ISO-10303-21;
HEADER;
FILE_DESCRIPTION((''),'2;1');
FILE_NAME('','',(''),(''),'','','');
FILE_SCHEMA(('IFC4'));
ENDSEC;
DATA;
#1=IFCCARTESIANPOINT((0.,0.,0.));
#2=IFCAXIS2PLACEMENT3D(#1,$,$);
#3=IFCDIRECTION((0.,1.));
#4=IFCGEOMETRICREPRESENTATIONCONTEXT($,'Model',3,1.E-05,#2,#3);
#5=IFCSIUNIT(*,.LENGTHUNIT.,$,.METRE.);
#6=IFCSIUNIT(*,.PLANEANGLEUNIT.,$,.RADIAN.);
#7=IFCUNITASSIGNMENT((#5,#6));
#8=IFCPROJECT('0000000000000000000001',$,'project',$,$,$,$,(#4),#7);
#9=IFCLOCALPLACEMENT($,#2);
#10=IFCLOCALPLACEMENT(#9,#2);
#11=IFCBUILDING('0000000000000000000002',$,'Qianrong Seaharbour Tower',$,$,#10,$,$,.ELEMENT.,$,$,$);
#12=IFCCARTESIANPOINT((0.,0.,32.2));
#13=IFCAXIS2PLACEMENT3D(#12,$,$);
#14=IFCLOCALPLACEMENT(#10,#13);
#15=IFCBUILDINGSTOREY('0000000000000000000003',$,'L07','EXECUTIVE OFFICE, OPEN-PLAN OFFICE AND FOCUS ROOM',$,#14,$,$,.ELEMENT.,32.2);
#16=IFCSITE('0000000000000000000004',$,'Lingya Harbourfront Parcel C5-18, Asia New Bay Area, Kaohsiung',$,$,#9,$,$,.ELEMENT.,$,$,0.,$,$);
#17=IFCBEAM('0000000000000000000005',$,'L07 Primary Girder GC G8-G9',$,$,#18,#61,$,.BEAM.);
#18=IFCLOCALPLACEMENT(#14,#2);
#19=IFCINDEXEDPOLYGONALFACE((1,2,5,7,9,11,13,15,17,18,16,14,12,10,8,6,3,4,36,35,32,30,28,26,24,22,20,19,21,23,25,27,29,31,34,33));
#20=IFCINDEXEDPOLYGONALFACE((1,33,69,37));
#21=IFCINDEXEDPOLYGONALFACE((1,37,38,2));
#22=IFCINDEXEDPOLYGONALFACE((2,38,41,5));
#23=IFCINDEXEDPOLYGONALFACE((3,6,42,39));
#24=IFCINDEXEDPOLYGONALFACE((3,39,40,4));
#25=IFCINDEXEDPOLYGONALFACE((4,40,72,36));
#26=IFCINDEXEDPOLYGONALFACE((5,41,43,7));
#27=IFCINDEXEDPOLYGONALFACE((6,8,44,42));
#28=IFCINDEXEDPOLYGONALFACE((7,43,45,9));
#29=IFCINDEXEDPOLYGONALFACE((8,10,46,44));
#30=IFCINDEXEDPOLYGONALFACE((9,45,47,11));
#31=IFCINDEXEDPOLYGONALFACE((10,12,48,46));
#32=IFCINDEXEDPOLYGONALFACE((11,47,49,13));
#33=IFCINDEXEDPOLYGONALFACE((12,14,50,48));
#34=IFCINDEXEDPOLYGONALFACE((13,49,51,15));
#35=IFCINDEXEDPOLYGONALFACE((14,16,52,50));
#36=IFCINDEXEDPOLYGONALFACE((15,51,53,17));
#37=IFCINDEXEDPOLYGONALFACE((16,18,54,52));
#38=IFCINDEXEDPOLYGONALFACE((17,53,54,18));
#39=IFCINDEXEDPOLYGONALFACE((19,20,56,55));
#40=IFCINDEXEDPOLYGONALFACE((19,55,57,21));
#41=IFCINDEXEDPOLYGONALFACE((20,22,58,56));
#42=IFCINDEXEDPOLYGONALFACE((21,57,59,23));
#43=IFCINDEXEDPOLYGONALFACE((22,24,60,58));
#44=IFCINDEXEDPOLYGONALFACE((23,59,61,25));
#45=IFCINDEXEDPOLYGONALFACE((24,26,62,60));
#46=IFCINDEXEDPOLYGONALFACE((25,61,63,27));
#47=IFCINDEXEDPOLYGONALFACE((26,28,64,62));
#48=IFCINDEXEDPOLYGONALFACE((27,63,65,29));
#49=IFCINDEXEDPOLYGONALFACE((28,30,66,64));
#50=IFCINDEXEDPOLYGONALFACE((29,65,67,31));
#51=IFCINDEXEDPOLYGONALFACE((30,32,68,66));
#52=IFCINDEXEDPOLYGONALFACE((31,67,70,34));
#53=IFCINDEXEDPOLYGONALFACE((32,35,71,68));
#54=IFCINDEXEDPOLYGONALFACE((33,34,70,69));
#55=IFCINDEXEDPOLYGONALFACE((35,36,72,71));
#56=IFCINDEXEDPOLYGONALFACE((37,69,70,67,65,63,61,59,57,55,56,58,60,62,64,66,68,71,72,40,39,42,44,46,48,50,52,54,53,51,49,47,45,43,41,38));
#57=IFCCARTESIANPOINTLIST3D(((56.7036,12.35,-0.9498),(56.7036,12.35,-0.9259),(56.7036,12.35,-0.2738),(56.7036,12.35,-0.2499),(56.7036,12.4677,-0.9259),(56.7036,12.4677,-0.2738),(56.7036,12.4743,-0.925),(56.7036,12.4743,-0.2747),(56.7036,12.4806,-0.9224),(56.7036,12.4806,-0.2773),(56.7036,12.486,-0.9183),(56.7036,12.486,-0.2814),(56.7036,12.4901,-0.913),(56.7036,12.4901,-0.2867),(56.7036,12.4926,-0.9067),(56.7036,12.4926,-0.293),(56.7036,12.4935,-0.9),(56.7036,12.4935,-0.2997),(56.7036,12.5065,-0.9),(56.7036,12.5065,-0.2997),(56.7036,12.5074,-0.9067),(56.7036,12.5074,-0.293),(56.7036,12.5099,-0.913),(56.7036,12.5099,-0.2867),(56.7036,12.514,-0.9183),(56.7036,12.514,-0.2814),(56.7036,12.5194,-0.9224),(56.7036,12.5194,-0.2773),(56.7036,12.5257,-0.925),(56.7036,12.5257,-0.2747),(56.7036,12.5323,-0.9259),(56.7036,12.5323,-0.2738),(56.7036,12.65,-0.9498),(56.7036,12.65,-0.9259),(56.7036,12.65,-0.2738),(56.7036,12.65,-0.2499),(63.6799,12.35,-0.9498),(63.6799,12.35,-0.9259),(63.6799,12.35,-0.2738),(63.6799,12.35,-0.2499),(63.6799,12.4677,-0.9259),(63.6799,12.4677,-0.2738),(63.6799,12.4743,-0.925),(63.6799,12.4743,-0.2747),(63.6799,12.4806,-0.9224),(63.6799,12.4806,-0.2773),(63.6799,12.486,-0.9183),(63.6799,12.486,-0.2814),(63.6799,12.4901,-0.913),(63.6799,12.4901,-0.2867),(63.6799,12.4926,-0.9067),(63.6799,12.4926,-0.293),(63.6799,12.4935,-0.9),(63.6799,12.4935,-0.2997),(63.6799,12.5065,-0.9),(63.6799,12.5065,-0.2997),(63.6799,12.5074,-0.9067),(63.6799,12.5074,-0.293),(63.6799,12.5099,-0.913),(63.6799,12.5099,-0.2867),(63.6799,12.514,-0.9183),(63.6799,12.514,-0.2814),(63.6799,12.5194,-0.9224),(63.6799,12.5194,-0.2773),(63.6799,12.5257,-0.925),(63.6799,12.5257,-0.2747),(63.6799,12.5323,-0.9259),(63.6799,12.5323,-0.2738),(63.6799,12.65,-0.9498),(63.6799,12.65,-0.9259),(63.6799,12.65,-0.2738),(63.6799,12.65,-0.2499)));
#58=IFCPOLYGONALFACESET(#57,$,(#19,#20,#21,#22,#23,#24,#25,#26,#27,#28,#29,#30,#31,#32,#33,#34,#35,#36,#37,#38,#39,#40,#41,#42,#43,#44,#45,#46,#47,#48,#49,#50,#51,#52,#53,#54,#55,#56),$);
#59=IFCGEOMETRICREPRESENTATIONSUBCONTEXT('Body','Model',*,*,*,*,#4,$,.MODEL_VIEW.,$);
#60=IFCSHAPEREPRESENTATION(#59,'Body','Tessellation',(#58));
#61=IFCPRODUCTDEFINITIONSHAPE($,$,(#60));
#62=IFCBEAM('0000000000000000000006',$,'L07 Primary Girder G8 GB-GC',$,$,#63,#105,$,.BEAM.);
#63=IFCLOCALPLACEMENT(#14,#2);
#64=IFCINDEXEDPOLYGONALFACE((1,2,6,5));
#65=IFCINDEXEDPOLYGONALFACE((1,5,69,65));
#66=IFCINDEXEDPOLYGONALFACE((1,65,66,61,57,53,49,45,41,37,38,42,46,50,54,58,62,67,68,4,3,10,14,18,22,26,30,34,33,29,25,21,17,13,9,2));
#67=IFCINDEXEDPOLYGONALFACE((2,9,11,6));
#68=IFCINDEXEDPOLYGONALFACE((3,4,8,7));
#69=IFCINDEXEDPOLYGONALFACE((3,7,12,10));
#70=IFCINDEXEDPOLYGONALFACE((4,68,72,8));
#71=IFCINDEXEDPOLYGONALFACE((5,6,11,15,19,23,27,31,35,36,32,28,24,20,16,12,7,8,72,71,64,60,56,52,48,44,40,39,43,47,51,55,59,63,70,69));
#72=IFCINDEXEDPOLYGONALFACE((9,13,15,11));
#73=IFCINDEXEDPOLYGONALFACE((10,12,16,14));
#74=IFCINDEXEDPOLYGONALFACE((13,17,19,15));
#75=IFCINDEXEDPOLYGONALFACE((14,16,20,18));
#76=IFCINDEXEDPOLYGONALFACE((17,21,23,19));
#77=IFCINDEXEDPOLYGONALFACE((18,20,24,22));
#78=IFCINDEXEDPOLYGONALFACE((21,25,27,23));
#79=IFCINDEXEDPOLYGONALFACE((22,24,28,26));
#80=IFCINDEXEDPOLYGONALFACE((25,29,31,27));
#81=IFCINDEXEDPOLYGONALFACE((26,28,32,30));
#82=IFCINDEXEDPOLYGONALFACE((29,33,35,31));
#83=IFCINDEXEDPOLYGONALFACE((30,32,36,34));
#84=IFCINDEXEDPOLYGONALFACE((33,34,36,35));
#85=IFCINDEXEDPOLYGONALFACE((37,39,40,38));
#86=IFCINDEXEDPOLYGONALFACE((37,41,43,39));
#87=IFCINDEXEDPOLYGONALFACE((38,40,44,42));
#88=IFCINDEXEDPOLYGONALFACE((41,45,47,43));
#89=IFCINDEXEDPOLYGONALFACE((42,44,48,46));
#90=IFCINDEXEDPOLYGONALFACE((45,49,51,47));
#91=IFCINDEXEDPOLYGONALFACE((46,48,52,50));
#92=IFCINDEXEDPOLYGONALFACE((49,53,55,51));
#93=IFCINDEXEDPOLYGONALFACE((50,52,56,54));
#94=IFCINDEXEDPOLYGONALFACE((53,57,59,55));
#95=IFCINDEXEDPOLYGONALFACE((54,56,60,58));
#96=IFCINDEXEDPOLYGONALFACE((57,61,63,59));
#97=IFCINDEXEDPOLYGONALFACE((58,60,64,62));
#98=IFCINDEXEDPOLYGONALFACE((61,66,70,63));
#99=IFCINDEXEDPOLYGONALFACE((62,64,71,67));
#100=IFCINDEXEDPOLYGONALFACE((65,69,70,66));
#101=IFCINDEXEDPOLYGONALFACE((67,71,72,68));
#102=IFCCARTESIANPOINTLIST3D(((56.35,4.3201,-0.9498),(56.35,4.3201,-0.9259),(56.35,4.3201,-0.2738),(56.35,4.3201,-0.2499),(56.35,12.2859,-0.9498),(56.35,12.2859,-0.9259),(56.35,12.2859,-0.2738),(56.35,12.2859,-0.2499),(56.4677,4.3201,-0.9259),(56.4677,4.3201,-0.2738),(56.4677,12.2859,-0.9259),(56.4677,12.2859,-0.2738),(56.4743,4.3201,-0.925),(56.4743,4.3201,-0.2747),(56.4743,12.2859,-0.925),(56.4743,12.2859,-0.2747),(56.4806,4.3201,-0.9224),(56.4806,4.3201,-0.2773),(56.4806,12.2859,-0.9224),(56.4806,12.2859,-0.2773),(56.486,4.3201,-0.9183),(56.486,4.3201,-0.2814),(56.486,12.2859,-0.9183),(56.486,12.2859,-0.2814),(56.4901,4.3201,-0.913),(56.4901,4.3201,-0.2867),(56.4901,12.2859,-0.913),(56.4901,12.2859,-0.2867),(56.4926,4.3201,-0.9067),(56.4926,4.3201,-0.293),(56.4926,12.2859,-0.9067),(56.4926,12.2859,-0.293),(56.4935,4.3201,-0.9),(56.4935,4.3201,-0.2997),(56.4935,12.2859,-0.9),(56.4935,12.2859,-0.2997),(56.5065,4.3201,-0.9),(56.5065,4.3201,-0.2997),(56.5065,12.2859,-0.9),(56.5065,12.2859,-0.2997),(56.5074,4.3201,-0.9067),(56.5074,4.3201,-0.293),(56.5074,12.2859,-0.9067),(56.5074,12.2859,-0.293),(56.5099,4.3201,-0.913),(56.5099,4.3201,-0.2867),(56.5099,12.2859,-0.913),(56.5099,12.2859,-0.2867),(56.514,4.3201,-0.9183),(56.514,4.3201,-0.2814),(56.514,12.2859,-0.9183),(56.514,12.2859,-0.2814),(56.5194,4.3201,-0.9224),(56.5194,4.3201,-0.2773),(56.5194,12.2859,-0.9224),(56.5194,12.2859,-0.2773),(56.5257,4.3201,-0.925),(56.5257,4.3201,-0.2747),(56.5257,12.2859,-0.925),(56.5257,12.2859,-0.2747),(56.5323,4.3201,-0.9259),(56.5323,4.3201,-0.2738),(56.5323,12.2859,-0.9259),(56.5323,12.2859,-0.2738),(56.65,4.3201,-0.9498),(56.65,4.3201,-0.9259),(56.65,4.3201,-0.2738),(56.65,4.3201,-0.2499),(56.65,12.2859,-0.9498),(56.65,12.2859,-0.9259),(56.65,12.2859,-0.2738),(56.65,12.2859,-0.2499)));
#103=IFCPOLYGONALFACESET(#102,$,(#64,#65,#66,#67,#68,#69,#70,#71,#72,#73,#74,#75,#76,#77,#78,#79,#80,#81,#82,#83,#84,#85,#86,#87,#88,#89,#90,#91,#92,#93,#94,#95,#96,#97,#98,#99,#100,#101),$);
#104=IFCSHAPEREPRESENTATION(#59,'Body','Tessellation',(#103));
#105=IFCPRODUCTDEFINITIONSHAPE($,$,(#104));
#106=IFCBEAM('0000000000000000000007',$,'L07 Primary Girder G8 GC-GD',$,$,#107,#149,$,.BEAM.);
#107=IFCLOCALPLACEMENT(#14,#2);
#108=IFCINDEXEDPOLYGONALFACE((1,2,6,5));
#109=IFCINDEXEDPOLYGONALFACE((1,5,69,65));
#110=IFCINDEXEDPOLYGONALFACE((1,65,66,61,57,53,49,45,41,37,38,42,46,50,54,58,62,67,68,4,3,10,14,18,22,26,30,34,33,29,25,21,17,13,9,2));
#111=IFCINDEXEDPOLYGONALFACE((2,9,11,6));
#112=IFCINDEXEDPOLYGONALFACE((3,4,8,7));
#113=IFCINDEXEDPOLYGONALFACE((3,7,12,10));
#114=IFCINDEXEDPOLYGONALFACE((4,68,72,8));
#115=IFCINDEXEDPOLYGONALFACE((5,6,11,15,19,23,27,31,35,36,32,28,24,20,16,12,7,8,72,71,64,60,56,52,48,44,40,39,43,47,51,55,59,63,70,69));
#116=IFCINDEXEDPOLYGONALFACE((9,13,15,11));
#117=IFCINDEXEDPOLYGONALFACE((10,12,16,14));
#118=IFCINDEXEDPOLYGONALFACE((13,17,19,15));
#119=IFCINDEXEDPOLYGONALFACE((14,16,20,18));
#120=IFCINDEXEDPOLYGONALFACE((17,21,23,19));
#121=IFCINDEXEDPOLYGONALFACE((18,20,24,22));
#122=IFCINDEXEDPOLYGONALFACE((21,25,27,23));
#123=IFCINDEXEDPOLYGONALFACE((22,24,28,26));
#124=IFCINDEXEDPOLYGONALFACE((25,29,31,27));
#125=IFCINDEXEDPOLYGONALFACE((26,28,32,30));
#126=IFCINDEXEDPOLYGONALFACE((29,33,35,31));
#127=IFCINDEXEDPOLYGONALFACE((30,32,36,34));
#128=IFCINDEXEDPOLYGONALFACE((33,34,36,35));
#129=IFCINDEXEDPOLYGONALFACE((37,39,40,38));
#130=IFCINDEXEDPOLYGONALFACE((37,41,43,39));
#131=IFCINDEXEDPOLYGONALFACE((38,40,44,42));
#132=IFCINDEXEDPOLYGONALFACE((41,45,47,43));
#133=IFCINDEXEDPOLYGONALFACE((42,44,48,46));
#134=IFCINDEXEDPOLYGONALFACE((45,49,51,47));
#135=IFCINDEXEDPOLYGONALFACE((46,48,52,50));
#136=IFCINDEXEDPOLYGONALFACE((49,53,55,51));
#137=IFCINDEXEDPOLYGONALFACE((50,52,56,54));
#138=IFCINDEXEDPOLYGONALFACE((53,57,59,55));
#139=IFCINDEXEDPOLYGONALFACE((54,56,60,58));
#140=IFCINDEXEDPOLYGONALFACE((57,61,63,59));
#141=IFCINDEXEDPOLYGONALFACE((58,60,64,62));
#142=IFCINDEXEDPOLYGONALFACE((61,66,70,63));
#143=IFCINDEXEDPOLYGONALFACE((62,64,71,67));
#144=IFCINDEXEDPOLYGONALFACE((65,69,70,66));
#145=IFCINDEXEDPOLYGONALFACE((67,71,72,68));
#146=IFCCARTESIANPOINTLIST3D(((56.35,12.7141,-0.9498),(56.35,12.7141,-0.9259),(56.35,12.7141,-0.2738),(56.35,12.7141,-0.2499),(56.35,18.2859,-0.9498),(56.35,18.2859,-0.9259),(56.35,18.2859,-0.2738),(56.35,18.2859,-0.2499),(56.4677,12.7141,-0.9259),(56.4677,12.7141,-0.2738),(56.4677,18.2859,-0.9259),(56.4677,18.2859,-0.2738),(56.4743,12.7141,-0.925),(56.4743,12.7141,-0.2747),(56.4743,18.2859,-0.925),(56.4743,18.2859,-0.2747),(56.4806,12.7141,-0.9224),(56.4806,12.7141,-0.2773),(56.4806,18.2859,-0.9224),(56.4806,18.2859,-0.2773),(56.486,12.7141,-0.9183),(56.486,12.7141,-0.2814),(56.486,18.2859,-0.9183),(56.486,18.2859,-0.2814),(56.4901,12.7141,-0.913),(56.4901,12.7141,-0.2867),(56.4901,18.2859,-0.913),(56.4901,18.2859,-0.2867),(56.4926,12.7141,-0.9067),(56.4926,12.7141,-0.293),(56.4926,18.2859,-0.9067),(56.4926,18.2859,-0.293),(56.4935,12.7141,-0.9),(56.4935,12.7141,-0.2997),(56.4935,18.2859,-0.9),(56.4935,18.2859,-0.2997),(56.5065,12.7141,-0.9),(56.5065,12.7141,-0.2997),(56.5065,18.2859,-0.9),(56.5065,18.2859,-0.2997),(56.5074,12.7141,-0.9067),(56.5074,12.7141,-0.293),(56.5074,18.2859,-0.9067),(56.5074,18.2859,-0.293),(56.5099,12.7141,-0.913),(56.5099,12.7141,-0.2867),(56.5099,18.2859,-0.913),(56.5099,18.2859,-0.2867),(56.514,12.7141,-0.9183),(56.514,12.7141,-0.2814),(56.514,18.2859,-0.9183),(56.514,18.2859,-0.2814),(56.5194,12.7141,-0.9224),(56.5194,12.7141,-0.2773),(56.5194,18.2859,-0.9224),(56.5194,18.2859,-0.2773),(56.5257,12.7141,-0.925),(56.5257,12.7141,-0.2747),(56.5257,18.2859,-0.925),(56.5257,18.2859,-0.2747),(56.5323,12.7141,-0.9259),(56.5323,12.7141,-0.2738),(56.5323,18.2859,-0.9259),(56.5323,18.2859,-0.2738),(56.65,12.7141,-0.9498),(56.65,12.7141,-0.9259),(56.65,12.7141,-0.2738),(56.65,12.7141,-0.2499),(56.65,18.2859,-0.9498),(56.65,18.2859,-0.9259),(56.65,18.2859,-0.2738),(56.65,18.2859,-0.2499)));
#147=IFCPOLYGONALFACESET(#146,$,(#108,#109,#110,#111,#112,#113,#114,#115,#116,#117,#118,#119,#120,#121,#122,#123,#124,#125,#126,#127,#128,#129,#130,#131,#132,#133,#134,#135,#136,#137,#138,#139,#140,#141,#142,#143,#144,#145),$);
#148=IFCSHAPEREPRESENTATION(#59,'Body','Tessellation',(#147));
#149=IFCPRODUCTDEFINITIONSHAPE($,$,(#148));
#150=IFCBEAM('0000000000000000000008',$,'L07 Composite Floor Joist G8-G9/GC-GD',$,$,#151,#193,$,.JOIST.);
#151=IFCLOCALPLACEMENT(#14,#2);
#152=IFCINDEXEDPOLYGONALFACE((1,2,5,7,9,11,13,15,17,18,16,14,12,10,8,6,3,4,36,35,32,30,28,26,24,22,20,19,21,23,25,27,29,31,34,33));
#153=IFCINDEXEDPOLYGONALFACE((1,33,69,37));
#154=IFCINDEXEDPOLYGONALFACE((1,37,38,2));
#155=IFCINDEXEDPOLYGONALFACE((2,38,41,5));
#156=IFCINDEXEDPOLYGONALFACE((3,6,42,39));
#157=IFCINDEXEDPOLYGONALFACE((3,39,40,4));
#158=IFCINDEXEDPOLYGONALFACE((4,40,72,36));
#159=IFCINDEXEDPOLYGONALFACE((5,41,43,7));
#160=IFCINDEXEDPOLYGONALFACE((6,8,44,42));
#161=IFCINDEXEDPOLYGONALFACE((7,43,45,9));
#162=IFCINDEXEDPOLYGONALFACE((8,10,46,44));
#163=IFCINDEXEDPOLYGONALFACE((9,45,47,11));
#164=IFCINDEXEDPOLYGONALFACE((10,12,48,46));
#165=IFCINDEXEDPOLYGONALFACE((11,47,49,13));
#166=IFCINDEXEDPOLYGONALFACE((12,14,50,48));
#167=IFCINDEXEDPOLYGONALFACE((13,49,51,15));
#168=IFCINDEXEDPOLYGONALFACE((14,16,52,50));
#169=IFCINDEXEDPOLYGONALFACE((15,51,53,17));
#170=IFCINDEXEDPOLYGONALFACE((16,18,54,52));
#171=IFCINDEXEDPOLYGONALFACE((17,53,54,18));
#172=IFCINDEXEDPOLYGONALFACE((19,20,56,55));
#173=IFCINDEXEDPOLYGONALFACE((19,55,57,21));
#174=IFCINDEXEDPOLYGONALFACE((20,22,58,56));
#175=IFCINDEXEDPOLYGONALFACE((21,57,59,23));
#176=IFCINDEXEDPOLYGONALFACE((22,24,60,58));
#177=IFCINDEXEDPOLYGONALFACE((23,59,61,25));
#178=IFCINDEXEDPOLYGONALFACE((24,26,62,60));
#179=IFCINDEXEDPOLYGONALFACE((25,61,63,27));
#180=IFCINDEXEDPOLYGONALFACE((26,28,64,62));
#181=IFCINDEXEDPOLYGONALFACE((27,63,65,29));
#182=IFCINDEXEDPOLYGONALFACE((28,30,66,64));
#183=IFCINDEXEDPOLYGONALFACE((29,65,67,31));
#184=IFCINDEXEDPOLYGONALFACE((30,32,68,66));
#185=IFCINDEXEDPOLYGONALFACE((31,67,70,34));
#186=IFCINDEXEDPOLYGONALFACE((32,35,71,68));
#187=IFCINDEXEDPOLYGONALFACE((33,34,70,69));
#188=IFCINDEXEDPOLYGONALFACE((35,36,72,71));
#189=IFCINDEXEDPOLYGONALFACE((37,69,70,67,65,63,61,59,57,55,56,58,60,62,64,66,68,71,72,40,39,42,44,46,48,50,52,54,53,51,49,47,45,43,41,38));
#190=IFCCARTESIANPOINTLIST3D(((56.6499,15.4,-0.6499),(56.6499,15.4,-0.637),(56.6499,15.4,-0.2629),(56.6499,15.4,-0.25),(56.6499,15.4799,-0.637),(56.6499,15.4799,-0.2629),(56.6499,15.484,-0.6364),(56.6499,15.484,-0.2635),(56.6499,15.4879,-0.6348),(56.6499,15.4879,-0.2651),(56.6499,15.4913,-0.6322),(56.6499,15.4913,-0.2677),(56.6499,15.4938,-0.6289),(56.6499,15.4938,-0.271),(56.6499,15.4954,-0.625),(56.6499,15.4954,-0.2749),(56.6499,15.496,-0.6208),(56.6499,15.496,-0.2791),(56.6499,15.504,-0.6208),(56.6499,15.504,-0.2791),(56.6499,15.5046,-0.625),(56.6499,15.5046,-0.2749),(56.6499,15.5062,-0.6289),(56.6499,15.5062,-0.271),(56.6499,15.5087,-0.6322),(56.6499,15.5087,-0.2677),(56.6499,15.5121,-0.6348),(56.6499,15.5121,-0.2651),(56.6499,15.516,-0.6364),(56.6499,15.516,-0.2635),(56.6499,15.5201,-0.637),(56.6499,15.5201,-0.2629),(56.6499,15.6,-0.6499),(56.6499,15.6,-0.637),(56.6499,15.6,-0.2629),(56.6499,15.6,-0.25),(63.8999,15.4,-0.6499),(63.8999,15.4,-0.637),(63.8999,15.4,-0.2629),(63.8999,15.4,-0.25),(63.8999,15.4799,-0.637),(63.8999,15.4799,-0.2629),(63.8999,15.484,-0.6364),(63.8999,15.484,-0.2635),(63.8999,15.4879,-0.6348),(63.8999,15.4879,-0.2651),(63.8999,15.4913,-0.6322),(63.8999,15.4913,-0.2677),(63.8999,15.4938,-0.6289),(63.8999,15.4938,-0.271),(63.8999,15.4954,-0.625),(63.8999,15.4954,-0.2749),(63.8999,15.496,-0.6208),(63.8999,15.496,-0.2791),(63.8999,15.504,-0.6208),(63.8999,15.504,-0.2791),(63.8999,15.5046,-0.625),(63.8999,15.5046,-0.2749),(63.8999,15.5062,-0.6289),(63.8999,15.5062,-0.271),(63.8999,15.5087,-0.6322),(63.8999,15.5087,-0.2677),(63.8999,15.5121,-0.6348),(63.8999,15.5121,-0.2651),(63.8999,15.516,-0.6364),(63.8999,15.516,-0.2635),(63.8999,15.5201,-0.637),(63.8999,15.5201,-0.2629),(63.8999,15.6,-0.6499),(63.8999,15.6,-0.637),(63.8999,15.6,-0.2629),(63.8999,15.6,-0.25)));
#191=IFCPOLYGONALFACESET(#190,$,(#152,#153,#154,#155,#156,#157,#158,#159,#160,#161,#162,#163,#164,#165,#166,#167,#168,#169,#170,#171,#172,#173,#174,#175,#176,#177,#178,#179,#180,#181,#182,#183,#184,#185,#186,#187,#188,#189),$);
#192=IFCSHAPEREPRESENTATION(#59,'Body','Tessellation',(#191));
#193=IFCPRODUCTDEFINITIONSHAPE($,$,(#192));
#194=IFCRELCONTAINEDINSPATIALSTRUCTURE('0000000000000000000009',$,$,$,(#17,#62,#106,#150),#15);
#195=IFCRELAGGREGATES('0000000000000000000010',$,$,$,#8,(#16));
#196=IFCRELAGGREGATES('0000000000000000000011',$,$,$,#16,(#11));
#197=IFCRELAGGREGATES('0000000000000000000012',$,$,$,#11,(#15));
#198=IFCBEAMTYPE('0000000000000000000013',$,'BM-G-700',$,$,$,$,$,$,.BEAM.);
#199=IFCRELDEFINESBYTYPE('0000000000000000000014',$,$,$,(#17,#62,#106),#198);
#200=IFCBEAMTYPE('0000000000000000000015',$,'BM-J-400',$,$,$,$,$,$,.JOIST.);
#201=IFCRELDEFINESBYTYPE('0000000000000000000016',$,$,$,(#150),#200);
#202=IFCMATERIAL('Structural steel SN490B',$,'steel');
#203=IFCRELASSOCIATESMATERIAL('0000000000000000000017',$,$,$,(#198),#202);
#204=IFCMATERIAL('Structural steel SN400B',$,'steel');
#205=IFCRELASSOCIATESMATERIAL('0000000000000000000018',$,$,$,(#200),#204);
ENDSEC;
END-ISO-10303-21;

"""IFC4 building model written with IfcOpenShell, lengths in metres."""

from ifc_helpers import new_model, si_unit, direction, frame, origin, origin_2d, place, context, subcontext, project, spatial, i_section, extrude, material, material_profile, profile_set, type_object, element, save


model = new_model("IFC4")

# Units and contexts
model_context = context("Model", 3, precision=1e-05, world=origin(), true_north=direction((0.0, 1.0)))
body_context = subcontext(model_context, "Body", "Model", "MODEL_VIEW")
ifc_project = project(units=[si_unit("LENGTHUNIT", "METRE"), si_unit("PLANEANGLEUNIT", "RADIAN")], contexts=[model_context])

# Site, building, storey
site_placement = place(None, origin())
site = spatial("IfcSite", under=ifc_project, at=site_placement, Name="Lingya Harbourfront Parcel C5-18, Asia New Bay Area, Kaohsiung", CompositionType="ELEMENT", RefElevation=0.0)
building_placement = place(site_placement, origin())
building = spatial("IfcBuilding", under=site, at=building_placement, Name="Qianrong Seaharbour Tower", CompositionType="ELEMENT")
storey_placement = place(building_placement, frame((0.0, 0.0, 32.2)))
storey = spatial("IfcBuildingStorey", under=building, at=storey_placement, Name="L07", Description="EXECUTIVE OFFICE, OPEN-PLAN OFFICE AND FOCUS ROOM", CompositionType="ELEMENT", Elevation=32.2)

# Shared definitions
ifc_material_1 = material(Name="Structural steel SN490B", Category="steel")

# Beams
ifc_material_profile_1 = material_profile(ifc_material_1, i_section(OverallWidth=0.3, OverallDepth=0.7, WebThickness=0.0129, FlangeThickness=0.0239, FilletRadius=0.0259, at=origin_2d()), Name="H700x300x13x24")
ifc_profile_set_1 = profile_set([ifc_material_profile_1], Name="Structural steel SN490B")
beam_type_1 = type_object("IfcBeamType", Name="BM-G-700", PredefinedType="BEAM", material=ifc_profile_set_1)
beam_1_placement = place(storey_placement, frame((56.7036, 12.5, -0.5999), z_axis=(1.0, 0.0, 0.0), x_axis=(0.0, 1.0, 0.0)))
element("IfcBeam", 1, at=beam_1_placement, inside=storey, type_object=beam_type_1, Name="L07 Primary Girder GC G8-G9", PredefinedType="BEAM", context=body_context, shape_type="SweptSolid", body=[
    extrude(i_section(OverallWidth=0.3, OverallDepth=0.7, WebThickness=0.0129, FlangeThickness=0.0239, FilletRadius=0.0259, at=origin_2d()), origin(), (0.0, 0.0, 1.0), 6.9763),
])
beam_2_placement = place(storey_placement, frame((56.5, 4.3201, -0.5999), z_axis=(0.0, 1.0, 0.0), x_axis=(-1.0, 0.0, 0.0)))
element("IfcBeam", 2, at=beam_2_placement, inside=storey, type_object=beam_type_1, Name="L07 Primary Girder G8 GB-GC", PredefinedType="BEAM", context=body_context, shape_type="SweptSolid", body=[
    extrude(i_section(OverallWidth=0.3, OverallDepth=0.7, WebThickness=0.0129, FlangeThickness=0.0239, FilletRadius=0.0259, at=origin_2d()), origin(), (0.0, 0.0, 1.0), 7.9658),
])
beam_3_placement = place(storey_placement, frame((56.5, 12.7141, -0.5999), z_axis=(0.0, 1.0, 0.0), x_axis=(-1.0, 0.0, 0.0)))
element("IfcBeam", 3, at=beam_3_placement, inside=storey, type_object=beam_type_1, Name="L07 Primary Girder G8 GC-GD", PredefinedType="BEAM", context=body_context, shape_type="SweptSolid", body=[
    extrude(i_section(OverallWidth=0.3, OverallDepth=0.7, WebThickness=0.0129, FlangeThickness=0.0239, FilletRadius=0.0259, at=origin_2d()), origin(), (0.0, 0.0, 1.0), 5.5718),
])
ifc_material_2 = material(Name="Structural steel SN400B", Category="steel")
ifc_material_profile_2 = material_profile(ifc_material_2, i_section(OverallWidth=0.2, OverallDepth=0.3999, WebThickness=0.0081, FlangeThickness=0.0129, FilletRadius=0.0161, at=origin_2d()), Name="H400x200x8x13")
ifc_profile_set_2 = profile_set([ifc_material_profile_2], Name="Structural steel SN400B")
beam_type_2 = type_object("IfcBeamType", Name="BM-J-400", PredefinedType="JOIST", material=ifc_profile_set_2)
beam_4_placement = place(storey_placement, frame((56.6499, 15.5, -0.45), z_axis=(1.0, 0.0, 0.0), x_axis=(0.0, 1.0, 0.0)))
element("IfcBeam", 4, at=beam_4_placement, inside=storey, type_object=beam_type_2, Name="L07 Composite Floor Joist G8-G9/GC-GD", PredefinedType="JOIST", context=body_context, shape_type="SweptSolid", body=[
    extrude(i_section(OverallWidth=0.2, OverallDepth=0.3999, WebThickness=0.0081, FlangeThickness=0.0129, FilletRadius=0.0161, at=origin_2d()), origin(), (0.0, 0.0, 1.0), 7.25),
])

save(model, "model.ifc")
